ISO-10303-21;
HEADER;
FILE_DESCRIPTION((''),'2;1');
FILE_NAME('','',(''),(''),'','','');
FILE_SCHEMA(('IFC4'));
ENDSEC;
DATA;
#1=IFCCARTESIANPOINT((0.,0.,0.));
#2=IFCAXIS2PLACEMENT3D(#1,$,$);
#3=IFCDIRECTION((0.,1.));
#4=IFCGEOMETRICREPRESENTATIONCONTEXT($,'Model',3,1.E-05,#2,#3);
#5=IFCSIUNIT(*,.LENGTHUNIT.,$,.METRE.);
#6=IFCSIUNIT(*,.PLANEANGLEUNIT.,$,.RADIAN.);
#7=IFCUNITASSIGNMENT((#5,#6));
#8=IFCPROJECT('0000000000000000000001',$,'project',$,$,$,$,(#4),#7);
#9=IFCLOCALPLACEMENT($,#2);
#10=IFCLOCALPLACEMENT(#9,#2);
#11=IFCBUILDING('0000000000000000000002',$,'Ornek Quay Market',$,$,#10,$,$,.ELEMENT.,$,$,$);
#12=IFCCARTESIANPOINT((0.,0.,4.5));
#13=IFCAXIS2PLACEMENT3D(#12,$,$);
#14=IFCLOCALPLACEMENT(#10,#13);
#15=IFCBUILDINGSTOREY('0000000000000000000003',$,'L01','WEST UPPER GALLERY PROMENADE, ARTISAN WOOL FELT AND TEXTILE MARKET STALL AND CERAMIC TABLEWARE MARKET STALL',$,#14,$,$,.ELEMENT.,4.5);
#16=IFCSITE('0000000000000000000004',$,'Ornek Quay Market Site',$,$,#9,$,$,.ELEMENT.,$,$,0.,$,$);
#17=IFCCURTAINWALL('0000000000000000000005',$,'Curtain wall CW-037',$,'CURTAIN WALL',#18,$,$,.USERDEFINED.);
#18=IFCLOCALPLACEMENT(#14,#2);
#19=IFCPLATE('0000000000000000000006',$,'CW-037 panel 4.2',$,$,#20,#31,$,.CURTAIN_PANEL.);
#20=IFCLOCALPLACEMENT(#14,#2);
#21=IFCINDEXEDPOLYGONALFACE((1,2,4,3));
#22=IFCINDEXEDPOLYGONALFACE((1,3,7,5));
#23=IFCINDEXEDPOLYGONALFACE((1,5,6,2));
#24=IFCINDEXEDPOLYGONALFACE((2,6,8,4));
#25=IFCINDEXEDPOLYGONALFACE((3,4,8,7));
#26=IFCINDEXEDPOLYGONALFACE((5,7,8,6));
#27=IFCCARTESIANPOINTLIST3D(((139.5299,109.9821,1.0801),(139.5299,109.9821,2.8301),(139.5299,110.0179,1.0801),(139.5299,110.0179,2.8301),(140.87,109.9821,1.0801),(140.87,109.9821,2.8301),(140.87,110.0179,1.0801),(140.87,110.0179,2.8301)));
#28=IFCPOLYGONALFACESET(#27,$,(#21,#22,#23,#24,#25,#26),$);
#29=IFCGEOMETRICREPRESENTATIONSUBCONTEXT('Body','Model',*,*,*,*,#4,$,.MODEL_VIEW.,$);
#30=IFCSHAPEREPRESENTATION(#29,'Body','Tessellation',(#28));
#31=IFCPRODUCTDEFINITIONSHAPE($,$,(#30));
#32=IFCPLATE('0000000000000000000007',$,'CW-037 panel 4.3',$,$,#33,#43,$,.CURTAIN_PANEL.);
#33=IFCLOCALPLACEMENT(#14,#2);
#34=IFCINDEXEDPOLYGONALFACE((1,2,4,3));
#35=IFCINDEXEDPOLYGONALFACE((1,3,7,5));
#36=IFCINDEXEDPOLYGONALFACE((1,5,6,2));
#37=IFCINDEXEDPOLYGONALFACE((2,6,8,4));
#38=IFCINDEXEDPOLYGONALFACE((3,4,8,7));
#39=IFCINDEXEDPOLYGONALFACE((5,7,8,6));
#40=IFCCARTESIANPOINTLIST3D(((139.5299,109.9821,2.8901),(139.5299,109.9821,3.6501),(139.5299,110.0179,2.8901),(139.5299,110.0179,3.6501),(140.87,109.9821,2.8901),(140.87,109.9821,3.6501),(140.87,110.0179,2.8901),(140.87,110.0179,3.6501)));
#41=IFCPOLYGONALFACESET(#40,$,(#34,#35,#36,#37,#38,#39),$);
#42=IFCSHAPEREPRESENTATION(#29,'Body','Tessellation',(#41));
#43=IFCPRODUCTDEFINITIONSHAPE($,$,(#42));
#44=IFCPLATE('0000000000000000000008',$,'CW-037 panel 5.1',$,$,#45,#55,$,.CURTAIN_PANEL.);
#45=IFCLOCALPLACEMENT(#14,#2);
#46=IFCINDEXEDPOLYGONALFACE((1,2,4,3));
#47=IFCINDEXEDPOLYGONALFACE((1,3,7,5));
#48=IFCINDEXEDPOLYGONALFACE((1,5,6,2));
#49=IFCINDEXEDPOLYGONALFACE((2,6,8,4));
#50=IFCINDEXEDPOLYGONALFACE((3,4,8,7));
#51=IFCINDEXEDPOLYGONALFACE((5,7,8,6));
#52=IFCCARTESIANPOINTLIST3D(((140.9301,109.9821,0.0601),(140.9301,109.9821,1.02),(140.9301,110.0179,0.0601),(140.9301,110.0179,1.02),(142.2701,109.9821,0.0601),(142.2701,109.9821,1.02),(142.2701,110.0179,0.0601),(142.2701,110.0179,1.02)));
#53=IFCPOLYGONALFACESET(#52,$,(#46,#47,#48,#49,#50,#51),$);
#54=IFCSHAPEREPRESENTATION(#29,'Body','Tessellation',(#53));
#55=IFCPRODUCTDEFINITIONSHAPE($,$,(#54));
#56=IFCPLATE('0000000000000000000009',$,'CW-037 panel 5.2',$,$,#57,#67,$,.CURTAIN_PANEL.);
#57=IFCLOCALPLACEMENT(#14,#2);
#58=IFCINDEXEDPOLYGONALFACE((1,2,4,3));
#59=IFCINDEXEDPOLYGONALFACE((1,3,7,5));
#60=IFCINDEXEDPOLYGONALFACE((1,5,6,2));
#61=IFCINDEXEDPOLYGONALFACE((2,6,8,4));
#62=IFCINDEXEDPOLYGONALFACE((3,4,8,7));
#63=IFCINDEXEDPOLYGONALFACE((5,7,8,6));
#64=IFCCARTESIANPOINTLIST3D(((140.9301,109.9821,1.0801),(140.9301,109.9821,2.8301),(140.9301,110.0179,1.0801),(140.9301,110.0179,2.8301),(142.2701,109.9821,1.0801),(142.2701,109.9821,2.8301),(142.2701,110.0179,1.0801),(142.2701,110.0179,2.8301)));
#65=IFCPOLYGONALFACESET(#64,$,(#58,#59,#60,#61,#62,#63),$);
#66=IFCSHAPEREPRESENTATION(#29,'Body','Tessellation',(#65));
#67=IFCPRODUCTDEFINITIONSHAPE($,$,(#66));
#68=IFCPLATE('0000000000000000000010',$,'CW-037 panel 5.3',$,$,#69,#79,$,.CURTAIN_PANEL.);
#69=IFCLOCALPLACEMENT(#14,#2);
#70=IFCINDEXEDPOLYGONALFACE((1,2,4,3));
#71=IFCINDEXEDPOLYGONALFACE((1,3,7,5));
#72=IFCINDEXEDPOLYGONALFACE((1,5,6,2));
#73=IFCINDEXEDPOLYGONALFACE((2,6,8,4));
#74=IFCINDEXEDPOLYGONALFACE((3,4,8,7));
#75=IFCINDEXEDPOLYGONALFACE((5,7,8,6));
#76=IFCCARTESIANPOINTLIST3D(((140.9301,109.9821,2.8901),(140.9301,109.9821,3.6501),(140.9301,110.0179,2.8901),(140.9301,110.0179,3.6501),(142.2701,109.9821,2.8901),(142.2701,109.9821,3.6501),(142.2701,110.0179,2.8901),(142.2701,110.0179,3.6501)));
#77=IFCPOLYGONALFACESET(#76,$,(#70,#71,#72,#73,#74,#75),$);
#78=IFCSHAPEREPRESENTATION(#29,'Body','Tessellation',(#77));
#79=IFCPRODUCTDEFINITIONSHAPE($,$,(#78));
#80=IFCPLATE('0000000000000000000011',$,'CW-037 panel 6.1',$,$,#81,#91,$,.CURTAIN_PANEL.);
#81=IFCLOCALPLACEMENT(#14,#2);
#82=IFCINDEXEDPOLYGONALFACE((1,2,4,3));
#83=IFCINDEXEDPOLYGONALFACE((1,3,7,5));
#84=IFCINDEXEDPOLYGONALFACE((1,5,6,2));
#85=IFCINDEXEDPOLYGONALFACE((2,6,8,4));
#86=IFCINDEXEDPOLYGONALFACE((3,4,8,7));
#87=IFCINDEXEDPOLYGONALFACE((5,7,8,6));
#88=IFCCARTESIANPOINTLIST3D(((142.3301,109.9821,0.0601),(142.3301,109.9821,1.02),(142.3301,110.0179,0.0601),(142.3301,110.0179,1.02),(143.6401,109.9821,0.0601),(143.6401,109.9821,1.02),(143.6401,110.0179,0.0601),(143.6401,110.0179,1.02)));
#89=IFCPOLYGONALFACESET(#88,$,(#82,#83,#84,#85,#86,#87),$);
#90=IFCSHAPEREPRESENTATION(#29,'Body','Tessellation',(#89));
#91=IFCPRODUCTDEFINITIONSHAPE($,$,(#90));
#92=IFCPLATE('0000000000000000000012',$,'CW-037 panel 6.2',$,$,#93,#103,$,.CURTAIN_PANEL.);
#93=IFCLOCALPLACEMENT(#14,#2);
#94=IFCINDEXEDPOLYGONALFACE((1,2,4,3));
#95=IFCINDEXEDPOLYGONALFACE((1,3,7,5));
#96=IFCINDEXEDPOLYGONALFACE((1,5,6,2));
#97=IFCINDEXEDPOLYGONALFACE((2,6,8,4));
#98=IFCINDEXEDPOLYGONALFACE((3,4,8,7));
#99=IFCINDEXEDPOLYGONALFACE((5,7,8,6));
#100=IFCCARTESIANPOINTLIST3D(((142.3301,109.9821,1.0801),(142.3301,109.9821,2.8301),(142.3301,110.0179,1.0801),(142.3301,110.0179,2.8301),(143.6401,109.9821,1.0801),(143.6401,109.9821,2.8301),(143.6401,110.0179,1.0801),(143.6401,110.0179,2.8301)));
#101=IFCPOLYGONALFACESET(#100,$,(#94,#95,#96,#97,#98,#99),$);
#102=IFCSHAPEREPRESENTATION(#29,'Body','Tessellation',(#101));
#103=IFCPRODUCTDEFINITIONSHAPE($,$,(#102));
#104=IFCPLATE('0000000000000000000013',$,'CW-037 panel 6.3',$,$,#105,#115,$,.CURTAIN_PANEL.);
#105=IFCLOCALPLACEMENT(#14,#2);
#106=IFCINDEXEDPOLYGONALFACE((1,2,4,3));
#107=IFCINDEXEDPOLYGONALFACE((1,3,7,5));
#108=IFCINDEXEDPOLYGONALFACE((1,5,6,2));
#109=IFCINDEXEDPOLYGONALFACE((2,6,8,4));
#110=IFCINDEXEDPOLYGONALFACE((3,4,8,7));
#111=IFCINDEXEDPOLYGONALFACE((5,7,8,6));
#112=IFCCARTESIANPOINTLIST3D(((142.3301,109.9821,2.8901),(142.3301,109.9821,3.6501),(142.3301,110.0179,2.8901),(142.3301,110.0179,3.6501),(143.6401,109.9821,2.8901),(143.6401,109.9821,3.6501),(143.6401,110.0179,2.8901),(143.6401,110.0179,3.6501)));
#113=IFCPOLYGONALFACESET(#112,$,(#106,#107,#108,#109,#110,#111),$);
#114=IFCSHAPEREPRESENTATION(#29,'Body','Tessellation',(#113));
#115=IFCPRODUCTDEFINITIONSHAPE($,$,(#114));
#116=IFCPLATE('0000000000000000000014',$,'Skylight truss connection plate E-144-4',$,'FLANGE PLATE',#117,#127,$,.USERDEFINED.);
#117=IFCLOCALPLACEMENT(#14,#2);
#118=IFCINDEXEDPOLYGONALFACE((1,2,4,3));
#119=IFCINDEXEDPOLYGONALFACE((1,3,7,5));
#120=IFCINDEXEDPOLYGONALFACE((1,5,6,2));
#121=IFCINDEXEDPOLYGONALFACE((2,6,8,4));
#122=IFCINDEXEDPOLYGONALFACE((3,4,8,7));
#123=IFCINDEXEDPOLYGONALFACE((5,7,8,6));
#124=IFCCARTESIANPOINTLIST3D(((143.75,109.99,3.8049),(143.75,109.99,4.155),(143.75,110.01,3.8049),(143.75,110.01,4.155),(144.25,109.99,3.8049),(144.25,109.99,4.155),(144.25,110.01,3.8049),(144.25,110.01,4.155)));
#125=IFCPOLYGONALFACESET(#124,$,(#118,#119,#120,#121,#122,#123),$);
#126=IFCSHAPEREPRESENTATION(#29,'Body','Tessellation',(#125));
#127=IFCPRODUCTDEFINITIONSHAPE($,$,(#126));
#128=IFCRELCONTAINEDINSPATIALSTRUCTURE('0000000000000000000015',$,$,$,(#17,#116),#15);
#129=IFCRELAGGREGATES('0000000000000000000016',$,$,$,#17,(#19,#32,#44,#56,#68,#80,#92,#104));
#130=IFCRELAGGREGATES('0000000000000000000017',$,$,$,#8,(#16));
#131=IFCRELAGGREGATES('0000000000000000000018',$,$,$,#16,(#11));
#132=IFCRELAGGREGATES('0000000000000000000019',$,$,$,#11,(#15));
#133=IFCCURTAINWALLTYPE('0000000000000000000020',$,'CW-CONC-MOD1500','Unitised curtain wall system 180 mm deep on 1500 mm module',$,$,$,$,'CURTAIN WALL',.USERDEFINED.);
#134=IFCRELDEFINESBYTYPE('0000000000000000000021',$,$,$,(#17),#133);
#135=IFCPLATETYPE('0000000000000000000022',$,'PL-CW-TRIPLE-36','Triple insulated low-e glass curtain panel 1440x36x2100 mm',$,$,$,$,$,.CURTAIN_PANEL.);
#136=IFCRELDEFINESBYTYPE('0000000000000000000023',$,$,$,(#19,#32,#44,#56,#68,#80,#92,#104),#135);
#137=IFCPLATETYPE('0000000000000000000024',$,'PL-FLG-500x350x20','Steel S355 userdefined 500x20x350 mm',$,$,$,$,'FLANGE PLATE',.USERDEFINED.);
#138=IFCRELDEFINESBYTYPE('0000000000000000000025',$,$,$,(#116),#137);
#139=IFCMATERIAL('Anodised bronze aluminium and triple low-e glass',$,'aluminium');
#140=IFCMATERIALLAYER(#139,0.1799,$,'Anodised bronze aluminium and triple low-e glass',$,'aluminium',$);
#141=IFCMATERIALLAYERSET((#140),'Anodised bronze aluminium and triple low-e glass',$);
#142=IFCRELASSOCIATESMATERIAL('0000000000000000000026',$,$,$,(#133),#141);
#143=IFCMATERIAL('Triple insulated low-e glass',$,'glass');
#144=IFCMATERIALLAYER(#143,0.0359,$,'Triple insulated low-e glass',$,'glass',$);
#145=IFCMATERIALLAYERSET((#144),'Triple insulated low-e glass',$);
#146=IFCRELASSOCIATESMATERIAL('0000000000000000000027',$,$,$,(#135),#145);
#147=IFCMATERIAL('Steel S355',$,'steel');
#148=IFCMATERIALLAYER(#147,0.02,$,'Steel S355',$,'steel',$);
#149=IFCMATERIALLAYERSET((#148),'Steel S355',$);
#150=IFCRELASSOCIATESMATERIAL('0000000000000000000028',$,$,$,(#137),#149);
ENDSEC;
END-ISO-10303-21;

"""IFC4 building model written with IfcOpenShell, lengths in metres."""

from ifc_helpers import new_model, si_unit, direction, frame, origin, origin_2d, place, context, subcontext, project, spatial, rectangle, extrude, material, layer, layer_set, type_object, element, aggregate, save


model = new_model("IFC4")

# Units and contexts
model_context = context("Model", 3, precision=1e-05, world=origin(), true_north=direction((0.0, 1.0)))
body_context = subcontext(model_context, "Body", "Model", "MODEL_VIEW")
ifc_project = project(units=[si_unit("LENGTHUNIT", "METRE"), si_unit("PLANEANGLEUNIT", "RADIAN")], contexts=[model_context])

# Site, building, storey
site_placement = place(None, origin())
site = spatial("IfcSite", under=ifc_project, at=site_placement, Name="Ornek Quay Market Site", CompositionType="ELEMENT", RefElevation=0.0)
building_placement = place(site_placement, origin())
building = spatial("IfcBuilding", under=site, at=building_placement, Name="Ornek Quay Market", CompositionType="ELEMENT")
storey_placement = place(building_placement, frame((0.0, 0.0, 4.5)))
storey = spatial("IfcBuildingStorey", under=building, at=storey_placement, Name="L01", Description="WEST UPPER GALLERY PROMENADE, ARTISAN WOOL FELT AND TEXTILE MARKET STALL AND CERAMIC TABLEWARE MARKET STALL", CompositionType="ELEMENT", Elevation=4.5)

# Curtain wall, plates
ifc_material_1 = material(Name="Anodised bronze aluminium and triple low-e glass", Category="aluminium")
ifc_layer_1 = layer(ifc_material_1, 0.1799, Name="Anodised bronze aluminium and triple low-e glass", Category="aluminium")
ifc_layer_set_1 = layer_set([ifc_layer_1], Name="Anodised bronze aluminium and triple low-e glass")
curtain_wall_type = type_object("IfcCurtainWallType", Name="CW-CONC-MOD1500", Description="Unitised curtain wall system 180 mm deep on 1500 mm module", ElementType="CURTAIN WALL", PredefinedType="USERDEFINED", material=ifc_layer_set_1)
curtain_wall_placement = place(storey_placement, origin())
curtain_wall = element("IfcCurtainWall", 1, at=curtain_wall_placement, inside=storey, type_object=curtain_wall_type, Name="Curtain wall CW-037", ObjectType="CURTAIN WALL", PredefinedType="USERDEFINED")
ifc_material_2 = material(Name="Triple insulated low-e glass", Category="glass")
ifc_layer_2 = layer(ifc_material_2, 0.0359, Name="Triple insulated low-e glass", Category="glass")
ifc_layer_set_2 = layer_set([ifc_layer_2], Name="Triple insulated low-e glass")
plate_type_1 = type_object("IfcPlateType", Name="PL-CW-TRIPLE-36", Description="Triple insulated low-e glass curtain panel 1440x36x2100 mm", PredefinedType="CURTAIN_PANEL", material=ifc_layer_set_2)
plate_1_placement = place(storey_placement, frame((140.2, 110.0, 1.0801), z_axis=(0.0, 0.0, 1.0), x_axis=(1.0, 0.0, 0.0)))
plate_1 = element("IfcPlate", 2, at=plate_1_placement, type_object=plate_type_1, Name="CW-037 panel 4.2", PredefinedType="CURTAIN_PANEL", context=body_context, shape_type="SweptSolid", body=[
    extrude(rectangle(XDim=1.3401, YDim=0.0359, at=origin_2d()), origin(), (0.0, 0.0, 1.0), 1.75),
])
plate_2_placement = place(storey_placement, frame((140.2, 110.0, 2.8901), z_axis=(0.0, 0.0, 1.0), x_axis=(1.0, 0.0, 0.0)))
plate_2 = element("IfcPlate", 3, at=plate_2_placement, type_object=plate_type_1, Name="CW-037 panel 4.3", PredefinedType="CURTAIN_PANEL", context=body_context, shape_type="SweptSolid", body=[
    extrude(rectangle(XDim=1.3401, YDim=0.0359, at=origin_2d()), origin(), (0.0, 0.0, 1.0), 0.76),
])
plate_3_placement = place(storey_placement, frame((141.6001, 110.0, 0.0601), z_axis=(0.0, 0.0, 1.0), x_axis=(1.0, 0.0, 0.0)))
plate_3 = element("IfcPlate", 4, at=plate_3_placement, type_object=plate_type_1, Name="CW-037 panel 5.1", PredefinedType="CURTAIN_PANEL", context=body_context, shape_type="SweptSolid", body=[
    extrude(rectangle(XDim=1.3401, YDim=0.0359, at=origin_2d()), origin(), (0.0, 0.0, 1.0), 0.96),
])
plate_4_placement = place(storey_placement, frame((141.6001, 110.0, 1.0801), z_axis=(0.0, 0.0, 1.0), x_axis=(1.0, 0.0, 0.0)))
plate_4 = element("IfcPlate", 5, at=plate_4_placement, type_object=plate_type_1, Name="CW-037 panel 5.2", PredefinedType="CURTAIN_PANEL", context=body_context, shape_type="SweptSolid", body=[
    extrude(rectangle(XDim=1.3401, YDim=0.0359, at=origin_2d()), origin(), (0.0, 0.0, 1.0), 1.75),
])
plate_5_placement = place(storey_placement, frame((141.6001, 110.0, 2.8901), z_axis=(0.0, 0.0, 1.0), x_axis=(1.0, 0.0, 0.0)))
plate_5 = element("IfcPlate", 6, at=plate_5_placement, type_object=plate_type_1, Name="CW-037 panel 5.3", PredefinedType="CURTAIN_PANEL", context=body_context, shape_type="SweptSolid", body=[
    extrude(rectangle(XDim=1.3401, YDim=0.0359, at=origin_2d()), origin(), (0.0, 0.0, 1.0), 0.76),
])
plate_6_placement = place(storey_placement, frame((142.9851, 110.0, 0.0601), z_axis=(0.0, 0.0, 1.0), x_axis=(1.0, 0.0, 0.0)))
plate_6 = element("IfcPlate", 7, at=plate_6_placement, type_object=plate_type_1, Name="CW-037 panel 6.1", PredefinedType="CURTAIN_PANEL", context=body_context, shape_type="SweptSolid", body=[
    extrude(rectangle(XDim=1.3101, YDim=0.0359, at=origin_2d()), origin(), (0.0, 0.0, 1.0), 0.96),
])
plate_7_placement = place(storey_placement, frame((142.9851, 110.0, 1.0801), z_axis=(0.0, 0.0, 1.0), x_axis=(1.0, 0.0, 0.0)))
plate_7 = element("IfcPlate", 8, at=plate_7_placement, type_object=plate_type_1, Name="CW-037 panel 6.2", PredefinedType="CURTAIN_PANEL", context=body_context, shape_type="SweptSolid", body=[
    extrude(rectangle(XDim=1.3101, YDim=0.0359, at=origin_2d()), origin(), (0.0, 0.0, 1.0), 1.75),
])
plate_8_placement = place(storey_placement, frame((142.9851, 110.0, 2.8901), z_axis=(0.0, 0.0, 1.0), x_axis=(1.0, 0.0, 0.0)))
plate_8 = element("IfcPlate", 9, at=plate_8_placement, type_object=plate_type_1, Name="CW-037 panel 6.3", PredefinedType="CURTAIN_PANEL", context=body_context, shape_type="SweptSolid", body=[
    extrude(rectangle(XDim=1.3101, YDim=0.0359, at=origin_2d()), origin(), (0.0, 0.0, 1.0), 0.76),
])
aggregate(curtain_wall, [plate_1, plate_2, plate_3, plate_4, plate_5, plate_6, plate_7, plate_8])

# Plate
ifc_material_3 = material(Name="Steel S355", Category="steel")
ifc_layer_3 = layer(ifc_material_3, 0.02, Name="Steel S355", Category="steel")
ifc_layer_set_3 = layer_set([ifc_layer_3], Name="Steel S355")
plate_type_2 = type_object("IfcPlateType", Name="PL-FLG-500x350x20", Description="Steel S355 userdefined 500x20x350 mm", ElementType="FLANGE PLATE", PredefinedType="USERDEFINED", material=ifc_layer_set_3)
plate_9_placement = place(storey_placement, frame((144.0, 110.0, 3.8049), z_axis=(0.0, 0.0, 1.0), x_axis=(1.0, 0.0, 0.0)))
element("IfcPlate", 10, at=plate_9_placement, inside=storey, type_object=plate_type_2, Name="Skylight truss connection plate E-144-4", ObjectType="FLANGE PLATE", PredefinedType="USERDEFINED", context=body_context, shape_type="SweptSolid", body=[
    extrude(rectangle(XDim=0.5, YDim=0.02, at=origin_2d()), origin(), (0.0, 0.0, 1.0), 0.3501),
])

save(model, "model.ifc")
